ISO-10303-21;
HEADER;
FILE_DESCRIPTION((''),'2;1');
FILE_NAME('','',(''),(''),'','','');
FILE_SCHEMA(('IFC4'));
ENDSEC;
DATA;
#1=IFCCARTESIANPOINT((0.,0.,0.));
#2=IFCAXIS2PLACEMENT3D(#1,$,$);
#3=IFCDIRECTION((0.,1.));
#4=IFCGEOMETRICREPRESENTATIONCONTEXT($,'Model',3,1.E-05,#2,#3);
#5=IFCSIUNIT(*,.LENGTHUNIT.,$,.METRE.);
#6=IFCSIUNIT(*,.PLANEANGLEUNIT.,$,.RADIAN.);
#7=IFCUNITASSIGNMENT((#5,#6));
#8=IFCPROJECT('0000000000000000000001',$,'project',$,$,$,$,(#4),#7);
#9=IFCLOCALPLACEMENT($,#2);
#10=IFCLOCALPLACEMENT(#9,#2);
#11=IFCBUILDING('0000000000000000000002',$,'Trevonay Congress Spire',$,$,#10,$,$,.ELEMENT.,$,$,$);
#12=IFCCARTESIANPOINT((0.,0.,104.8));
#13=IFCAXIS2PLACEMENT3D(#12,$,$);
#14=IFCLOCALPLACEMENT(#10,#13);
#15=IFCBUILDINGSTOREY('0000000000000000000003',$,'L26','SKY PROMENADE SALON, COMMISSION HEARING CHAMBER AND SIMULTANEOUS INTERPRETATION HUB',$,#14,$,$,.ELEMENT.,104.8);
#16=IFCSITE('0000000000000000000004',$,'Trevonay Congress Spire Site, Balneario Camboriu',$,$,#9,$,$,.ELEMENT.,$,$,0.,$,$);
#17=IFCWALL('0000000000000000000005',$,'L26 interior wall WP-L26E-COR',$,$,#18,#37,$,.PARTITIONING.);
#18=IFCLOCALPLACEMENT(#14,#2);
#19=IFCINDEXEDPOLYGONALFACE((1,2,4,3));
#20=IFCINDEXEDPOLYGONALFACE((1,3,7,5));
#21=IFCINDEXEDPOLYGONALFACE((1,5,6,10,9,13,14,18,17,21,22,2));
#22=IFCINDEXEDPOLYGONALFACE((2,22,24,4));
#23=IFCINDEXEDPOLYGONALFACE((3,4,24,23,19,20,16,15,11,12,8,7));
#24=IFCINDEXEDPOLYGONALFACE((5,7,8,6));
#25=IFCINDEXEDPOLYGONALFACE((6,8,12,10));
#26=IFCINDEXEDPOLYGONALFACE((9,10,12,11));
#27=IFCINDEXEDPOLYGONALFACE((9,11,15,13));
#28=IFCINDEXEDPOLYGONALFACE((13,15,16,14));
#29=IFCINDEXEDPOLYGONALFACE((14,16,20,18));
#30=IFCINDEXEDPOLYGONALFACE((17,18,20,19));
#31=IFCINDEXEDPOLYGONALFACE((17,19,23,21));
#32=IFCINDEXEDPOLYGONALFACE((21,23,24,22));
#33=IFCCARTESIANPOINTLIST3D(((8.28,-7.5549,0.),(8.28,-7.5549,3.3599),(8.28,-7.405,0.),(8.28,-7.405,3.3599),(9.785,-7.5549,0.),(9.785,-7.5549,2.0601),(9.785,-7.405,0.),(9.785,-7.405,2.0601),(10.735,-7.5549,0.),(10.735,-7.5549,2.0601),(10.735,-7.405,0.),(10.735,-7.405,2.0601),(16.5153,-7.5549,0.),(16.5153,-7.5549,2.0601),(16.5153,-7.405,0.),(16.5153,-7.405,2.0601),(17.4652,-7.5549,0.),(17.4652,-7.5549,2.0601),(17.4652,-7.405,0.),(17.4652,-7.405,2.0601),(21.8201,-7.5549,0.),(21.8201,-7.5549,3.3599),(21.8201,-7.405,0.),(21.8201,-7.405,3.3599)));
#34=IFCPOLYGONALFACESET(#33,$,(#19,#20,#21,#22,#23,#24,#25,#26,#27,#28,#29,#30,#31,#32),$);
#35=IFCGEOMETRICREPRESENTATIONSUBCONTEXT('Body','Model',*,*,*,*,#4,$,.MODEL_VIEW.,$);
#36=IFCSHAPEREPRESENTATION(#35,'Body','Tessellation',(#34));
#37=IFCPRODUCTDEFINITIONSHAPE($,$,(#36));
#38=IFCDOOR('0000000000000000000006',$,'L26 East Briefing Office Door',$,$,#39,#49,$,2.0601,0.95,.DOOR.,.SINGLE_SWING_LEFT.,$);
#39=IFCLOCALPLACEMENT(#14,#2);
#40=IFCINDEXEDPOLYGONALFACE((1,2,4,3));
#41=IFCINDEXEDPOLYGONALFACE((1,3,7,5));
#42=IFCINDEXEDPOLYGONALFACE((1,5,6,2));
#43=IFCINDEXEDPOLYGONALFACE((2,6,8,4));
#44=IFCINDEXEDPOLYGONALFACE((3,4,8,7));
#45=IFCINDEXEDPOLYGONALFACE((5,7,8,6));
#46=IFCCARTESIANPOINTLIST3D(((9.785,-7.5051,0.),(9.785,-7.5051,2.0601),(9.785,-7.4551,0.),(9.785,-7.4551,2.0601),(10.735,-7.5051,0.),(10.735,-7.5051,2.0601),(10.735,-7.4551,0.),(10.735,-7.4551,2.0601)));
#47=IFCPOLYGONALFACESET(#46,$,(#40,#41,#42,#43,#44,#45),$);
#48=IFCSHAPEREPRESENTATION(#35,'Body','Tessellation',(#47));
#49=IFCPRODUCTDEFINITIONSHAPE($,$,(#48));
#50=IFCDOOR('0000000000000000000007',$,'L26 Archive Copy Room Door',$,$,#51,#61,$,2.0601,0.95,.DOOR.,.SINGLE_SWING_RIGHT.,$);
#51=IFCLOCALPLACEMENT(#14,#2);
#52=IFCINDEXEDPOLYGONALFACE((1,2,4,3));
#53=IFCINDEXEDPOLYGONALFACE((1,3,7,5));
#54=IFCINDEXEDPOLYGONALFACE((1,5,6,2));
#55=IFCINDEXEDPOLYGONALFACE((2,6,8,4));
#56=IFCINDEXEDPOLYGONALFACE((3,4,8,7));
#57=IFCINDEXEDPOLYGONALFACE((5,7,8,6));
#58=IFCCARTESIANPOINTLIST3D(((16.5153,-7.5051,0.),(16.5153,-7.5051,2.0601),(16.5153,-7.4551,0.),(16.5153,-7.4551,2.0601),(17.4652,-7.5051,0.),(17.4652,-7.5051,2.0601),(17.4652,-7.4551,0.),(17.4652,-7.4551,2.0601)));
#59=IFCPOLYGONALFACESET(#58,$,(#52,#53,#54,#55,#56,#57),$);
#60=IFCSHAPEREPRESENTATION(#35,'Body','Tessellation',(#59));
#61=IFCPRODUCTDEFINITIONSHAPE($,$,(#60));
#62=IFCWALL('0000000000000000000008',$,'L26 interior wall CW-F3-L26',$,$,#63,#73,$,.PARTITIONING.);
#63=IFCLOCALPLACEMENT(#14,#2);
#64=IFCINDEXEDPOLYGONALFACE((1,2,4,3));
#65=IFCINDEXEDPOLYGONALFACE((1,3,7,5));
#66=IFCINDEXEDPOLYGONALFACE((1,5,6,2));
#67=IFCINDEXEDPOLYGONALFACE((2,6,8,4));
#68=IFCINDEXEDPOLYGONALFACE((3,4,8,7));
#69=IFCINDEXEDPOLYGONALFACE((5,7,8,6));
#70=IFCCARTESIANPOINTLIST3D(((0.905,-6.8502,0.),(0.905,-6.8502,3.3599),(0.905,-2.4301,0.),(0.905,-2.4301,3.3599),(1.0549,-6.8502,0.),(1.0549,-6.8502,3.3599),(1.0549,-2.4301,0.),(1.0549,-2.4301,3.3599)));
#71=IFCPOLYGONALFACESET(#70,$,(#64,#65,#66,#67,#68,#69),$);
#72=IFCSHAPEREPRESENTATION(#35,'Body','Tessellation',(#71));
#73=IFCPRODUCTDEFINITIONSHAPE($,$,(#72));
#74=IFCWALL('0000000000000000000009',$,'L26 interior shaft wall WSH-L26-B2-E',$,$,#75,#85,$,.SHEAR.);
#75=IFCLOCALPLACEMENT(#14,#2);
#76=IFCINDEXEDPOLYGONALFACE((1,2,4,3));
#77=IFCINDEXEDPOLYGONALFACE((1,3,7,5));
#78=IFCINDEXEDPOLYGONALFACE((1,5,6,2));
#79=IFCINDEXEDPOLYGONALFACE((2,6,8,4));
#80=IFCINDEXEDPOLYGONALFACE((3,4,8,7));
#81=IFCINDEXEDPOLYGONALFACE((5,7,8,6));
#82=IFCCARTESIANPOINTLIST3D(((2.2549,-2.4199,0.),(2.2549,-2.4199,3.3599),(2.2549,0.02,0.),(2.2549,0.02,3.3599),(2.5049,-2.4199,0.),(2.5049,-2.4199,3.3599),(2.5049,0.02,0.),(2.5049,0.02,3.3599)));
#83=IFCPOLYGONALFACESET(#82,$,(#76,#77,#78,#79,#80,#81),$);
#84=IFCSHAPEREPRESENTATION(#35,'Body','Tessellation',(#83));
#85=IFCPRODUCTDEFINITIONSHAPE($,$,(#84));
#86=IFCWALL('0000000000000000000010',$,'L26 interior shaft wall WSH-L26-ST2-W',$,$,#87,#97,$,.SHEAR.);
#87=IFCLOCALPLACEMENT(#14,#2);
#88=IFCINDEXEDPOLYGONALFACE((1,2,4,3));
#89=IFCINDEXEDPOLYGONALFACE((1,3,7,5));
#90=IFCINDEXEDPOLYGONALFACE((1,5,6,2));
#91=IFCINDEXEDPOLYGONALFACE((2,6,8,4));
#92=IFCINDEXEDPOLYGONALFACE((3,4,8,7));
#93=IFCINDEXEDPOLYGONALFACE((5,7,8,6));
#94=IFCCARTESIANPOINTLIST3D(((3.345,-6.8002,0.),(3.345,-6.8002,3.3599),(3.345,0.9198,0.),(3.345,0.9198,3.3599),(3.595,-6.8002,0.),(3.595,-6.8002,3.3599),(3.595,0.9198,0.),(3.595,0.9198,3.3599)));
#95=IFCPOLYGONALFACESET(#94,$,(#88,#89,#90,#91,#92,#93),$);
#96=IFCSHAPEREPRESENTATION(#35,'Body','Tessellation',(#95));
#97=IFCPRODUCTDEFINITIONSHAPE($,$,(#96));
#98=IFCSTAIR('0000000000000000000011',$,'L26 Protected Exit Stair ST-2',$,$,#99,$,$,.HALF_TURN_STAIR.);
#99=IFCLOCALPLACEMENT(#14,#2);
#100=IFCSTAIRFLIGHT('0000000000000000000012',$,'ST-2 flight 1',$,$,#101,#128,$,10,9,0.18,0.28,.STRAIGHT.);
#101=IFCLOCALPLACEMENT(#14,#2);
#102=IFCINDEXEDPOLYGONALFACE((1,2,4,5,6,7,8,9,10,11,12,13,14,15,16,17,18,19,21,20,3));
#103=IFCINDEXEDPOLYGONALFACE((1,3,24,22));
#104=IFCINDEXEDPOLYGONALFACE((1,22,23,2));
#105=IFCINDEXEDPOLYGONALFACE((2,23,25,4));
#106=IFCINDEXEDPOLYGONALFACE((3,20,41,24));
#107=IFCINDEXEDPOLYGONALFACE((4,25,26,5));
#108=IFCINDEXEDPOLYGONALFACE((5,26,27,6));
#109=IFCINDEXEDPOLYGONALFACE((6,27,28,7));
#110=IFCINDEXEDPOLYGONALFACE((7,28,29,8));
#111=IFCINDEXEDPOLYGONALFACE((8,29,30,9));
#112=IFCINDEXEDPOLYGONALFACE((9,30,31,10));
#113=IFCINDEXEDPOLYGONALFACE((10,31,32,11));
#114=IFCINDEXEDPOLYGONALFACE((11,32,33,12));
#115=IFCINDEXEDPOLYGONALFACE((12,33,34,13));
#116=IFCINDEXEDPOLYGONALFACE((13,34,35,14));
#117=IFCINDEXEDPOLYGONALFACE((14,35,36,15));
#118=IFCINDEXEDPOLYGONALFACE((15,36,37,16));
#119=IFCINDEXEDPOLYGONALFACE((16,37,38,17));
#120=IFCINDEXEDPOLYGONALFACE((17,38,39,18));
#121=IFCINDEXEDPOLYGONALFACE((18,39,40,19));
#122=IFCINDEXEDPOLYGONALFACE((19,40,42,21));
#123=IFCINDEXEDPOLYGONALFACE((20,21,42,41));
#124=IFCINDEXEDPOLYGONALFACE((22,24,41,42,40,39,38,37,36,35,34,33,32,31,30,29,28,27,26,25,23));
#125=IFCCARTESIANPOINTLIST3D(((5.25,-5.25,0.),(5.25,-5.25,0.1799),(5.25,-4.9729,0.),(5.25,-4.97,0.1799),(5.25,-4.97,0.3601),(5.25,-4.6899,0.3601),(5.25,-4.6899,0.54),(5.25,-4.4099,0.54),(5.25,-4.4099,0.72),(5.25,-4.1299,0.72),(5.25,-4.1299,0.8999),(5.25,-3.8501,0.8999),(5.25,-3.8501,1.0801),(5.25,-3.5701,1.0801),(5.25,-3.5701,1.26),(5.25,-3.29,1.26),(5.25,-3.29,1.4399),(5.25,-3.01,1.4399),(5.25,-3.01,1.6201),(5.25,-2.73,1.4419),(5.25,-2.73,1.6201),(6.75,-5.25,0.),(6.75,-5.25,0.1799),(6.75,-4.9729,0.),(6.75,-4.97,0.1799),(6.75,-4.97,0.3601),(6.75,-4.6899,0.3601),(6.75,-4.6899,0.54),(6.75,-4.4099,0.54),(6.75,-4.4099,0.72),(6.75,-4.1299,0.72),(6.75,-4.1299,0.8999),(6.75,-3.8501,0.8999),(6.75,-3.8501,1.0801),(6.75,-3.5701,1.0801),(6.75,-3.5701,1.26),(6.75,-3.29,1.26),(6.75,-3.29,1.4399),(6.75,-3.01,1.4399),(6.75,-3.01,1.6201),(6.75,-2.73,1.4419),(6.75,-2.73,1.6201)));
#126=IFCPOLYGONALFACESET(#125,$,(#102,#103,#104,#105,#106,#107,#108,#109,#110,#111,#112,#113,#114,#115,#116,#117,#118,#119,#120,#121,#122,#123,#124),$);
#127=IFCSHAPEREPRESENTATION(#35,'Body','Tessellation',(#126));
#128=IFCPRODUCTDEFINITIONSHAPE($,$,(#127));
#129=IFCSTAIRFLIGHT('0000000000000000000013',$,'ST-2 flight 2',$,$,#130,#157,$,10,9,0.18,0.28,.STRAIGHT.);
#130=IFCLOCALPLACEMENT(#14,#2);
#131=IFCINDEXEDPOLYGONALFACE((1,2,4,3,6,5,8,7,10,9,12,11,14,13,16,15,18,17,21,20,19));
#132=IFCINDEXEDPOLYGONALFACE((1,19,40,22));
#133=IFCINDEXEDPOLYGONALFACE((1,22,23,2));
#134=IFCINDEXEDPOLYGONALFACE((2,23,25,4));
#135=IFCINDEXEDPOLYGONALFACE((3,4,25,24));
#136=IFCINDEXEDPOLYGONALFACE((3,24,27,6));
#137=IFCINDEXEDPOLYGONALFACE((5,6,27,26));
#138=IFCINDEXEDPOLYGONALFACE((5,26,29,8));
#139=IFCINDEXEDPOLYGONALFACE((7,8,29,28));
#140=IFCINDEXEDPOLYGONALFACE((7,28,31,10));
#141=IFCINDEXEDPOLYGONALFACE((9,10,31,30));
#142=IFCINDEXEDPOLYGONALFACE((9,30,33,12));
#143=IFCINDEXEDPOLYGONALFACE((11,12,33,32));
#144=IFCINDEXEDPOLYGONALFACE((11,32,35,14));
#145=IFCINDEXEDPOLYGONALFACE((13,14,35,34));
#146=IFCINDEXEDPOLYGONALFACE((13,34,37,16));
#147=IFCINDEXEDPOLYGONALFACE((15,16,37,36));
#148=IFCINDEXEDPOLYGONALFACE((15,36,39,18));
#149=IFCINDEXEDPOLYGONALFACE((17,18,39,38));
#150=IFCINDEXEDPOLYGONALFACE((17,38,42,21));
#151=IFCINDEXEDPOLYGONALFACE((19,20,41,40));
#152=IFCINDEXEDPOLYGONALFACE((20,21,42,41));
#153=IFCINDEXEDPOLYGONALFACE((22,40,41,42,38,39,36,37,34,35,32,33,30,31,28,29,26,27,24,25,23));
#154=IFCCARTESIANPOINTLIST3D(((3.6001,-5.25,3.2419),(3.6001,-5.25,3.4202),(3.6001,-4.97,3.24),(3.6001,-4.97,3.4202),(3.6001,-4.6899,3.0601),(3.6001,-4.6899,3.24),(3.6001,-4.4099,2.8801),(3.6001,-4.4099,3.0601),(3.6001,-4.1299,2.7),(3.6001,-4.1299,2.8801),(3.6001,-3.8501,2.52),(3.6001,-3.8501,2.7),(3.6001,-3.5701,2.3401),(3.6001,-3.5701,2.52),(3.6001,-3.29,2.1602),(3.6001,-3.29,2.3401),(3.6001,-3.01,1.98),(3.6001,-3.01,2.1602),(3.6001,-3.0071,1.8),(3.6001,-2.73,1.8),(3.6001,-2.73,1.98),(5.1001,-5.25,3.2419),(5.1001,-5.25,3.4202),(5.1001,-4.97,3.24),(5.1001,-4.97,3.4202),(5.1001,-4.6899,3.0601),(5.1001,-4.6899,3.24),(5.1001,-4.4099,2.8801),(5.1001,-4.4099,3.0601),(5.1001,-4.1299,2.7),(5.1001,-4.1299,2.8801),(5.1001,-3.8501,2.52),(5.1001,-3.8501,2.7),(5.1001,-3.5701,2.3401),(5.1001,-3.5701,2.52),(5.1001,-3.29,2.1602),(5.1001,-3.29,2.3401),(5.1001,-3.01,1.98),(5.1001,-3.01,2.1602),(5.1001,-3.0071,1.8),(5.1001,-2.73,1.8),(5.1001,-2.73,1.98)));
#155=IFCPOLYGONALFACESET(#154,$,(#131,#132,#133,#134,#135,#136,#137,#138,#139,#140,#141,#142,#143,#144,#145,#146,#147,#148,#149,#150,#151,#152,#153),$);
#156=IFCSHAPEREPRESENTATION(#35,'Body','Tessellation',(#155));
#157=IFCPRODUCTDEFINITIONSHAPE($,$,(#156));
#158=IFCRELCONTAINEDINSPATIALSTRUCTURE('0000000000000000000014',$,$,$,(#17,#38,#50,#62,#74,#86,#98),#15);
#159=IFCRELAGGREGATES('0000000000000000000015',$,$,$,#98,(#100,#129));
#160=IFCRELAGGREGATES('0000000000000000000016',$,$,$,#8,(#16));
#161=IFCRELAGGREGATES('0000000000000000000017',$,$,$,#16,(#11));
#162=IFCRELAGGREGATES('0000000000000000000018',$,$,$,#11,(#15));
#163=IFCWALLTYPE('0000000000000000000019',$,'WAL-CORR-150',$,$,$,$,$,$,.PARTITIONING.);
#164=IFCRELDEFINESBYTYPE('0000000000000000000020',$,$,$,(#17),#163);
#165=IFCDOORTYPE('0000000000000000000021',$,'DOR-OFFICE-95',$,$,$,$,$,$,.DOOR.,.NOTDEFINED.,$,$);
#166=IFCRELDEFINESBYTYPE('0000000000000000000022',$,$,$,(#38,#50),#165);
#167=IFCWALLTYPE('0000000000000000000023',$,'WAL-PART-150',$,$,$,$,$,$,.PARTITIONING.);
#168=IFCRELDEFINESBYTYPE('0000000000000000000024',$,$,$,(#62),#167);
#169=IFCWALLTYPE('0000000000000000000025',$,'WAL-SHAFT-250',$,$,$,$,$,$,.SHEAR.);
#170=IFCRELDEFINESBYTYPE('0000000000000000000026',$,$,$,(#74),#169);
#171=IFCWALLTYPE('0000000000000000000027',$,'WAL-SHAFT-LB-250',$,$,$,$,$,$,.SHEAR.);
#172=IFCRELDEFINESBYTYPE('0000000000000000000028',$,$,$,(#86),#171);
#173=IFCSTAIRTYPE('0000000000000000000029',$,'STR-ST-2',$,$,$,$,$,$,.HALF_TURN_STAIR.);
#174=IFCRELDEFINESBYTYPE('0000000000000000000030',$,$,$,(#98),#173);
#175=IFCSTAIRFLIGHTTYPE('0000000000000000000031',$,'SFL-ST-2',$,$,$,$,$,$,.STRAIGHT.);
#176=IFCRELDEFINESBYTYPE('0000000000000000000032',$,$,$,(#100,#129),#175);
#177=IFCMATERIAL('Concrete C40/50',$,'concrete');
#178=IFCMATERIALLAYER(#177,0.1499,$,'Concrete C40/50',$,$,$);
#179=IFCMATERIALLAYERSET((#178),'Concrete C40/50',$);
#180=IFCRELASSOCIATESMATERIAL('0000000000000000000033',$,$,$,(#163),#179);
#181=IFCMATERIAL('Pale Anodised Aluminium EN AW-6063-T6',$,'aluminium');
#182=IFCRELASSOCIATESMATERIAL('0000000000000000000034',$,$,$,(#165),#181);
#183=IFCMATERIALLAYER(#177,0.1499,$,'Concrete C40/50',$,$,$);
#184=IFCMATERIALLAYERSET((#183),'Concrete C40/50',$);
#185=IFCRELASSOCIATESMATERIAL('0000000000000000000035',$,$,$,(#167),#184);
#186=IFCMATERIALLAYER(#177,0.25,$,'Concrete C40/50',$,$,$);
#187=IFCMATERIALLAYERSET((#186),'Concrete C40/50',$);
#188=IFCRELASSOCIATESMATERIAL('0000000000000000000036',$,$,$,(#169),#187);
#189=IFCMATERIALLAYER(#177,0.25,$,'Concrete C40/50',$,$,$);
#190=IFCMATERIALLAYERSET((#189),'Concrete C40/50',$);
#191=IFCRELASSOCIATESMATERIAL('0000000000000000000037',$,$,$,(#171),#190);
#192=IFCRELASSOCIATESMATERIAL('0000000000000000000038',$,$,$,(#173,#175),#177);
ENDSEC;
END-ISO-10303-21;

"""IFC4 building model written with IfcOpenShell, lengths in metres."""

from ifc_helpers import new_model, si_unit, direction, frame, frame_2d, origin, place, context, subcontext, project, spatial, polyline, rectangle, outline, extrude, material, layer, layer_set, type_object, element, fill, aggregate, save


model = new_model("IFC4")

# Units and contexts
model_context = context("Model", 3, precision=1e-05, world=origin(), true_north=direction((0.0, 1.0)))
body_context = subcontext(model_context, "Body", "Model", "MODEL_VIEW")
ifc_project = project(units=[si_unit("LENGTHUNIT", "METRE"), si_unit("PLANEANGLEUNIT", "RADIAN")], contexts=[model_context])

# Site, building, storey
site_placement = place(None, origin())
site = spatial("IfcSite", under=ifc_project, at=site_placement, Name="Trevonay Congress Spire Site, Balneario Camboriu", CompositionType="ELEMENT", RefElevation=0.0)
building_placement = place(site_placement, origin())
building = spatial("IfcBuilding", under=site, at=building_placement, Name="Trevonay Congress Spire", CompositionType="ELEMENT")
storey_placement = place(building_placement, frame((0.0, 0.0, 104.8)))
storey = spatial("IfcBuildingStorey", under=building, at=storey_placement, Name="L26", Description="SKY PROMENADE SALON, COMMISSION HEARING CHAMBER AND SIMULTANEOUS INTERPRETATION HUB", CompositionType="ELEMENT", Elevation=104.8)

# Shared definitions
ifc_material_1 = material(Name="Concrete C40/50", Category="concrete")
ifc_layer_1 = layer(ifc_material_1, 0.1499, Name="Concrete C40/50")
ifc_layer_set_1 = layer_set([ifc_layer_1], Name="Concrete C40/50")
wall_type_1 = type_object("IfcWallType", Name="WAL-CORR-150", PredefinedType="PARTITIONING", material=ifc_layer_set_1)

# Wall, openings, doors
wall_1_placement = place(storey_placement, frame((8.28, -7.48, 0.0), z_axis=(0.0, 0.0, 1.0), x_axis=(1.0, 0.0, 0.0)))
wall_1 = element("IfcWall", 1, at=wall_1_placement, inside=storey, type_object=wall_type_1, Name="L26 interior wall WP-L26E-COR", PredefinedType="PARTITIONING", context=body_context, shape_type="SweptSolid", body=[
    extrude(rectangle(XDim=13.54, YDim=0.1499, at=frame_2d((6.77, 0.0))), origin(), (0.0, 0.0, 1.0), 3.3599),
])
opening_1_placement = place(wall_1_placement, frame((1.5049, 0.0, 0.0)))
opening_1 = element("IfcOpeningElement", 2, at=opening_1_placement, cuts=wall_1, PredefinedType="OPENING", context=body_context, shape_type="SweptSolid", body=[
    extrude(rectangle(XDim=0.95, YDim=2.0601, at=frame_2d((0.4751, 1.03))), frame((0.0, 0.085, 0.0), z_axis=(0.0, -1.0, 0.0), x_axis=(1.0, 0.0, 0.0)), (0.0, 0.0, 1.0), 0.1699),
])
opening_2_placement = place(wall_1_placement, frame((8.2351, 0.0, 0.0)))
opening_2 = element("IfcOpeningElement", 3, at=opening_2_placement, cuts=wall_1, PredefinedType="OPENING", context=body_context, shape_type="SweptSolid", body=[
    extrude(rectangle(XDim=0.95, YDim=2.0601, at=frame_2d((0.4751, 1.03))), frame((0.0, 0.085, 0.0), z_axis=(0.0, -1.0, 0.0), x_axis=(1.0, 0.0, 0.0)), (0.0, 0.0, 1.0), 0.1699),
])
ifc_material_2 = material(Name="Pale Anodised Aluminium EN AW-6063-T6", Category="aluminium")
door_type = type_object("IfcDoorType", Name="DOR-OFFICE-95", OperationType="NOTDEFINED", PredefinedType="DOOR", material=ifc_material_2)
door_1_placement = place(opening_1_placement, origin())
door_1 = element("IfcDoor", 4, at=door_1_placement, inside=storey, type_object=door_type, Name="L26 East Briefing Office Door", OperationType="SINGLE_SWING_LEFT", OverallHeight=2.0601, OverallWidth=0.95, PredefinedType="DOOR", context=body_context, shape_type="SweptSolid", body=[
    extrude(rectangle(XDim=0.95, YDim=2.0601, at=frame_2d((0.4751, 1.03))), frame((0.0, 0.0249, 0.0), z_axis=(0.0, -1.0, 0.0), x_axis=(1.0, 0.0, 0.0)), (0.0, 0.0, 1.0), 0.05),
])
fill(opening_1, door_1)
door_2_placement = place(opening_2_placement, origin())
door_2 = element("IfcDoor", 5, at=door_2_placement, inside=storey, type_object=door_type, Name="L26 Archive Copy Room Door", OperationType="SINGLE_SWING_RIGHT", OverallHeight=2.0601, OverallWidth=0.95, PredefinedType="DOOR", context=body_context, shape_type="SweptSolid", body=[
    extrude(rectangle(XDim=0.95, YDim=2.0601, at=frame_2d((0.4751, 1.03))), frame((0.0, 0.0249, 0.0), z_axis=(0.0, -1.0, 0.0), x_axis=(1.0, 0.0, 0.0)), (0.0, 0.0, 1.0), 0.05),
])
fill(opening_2, door_2)

# Walls
ifc_layer_2 = layer(ifc_material_1, 0.1499, Name="Concrete C40/50")
ifc_layer_set_2 = layer_set([ifc_layer_2], Name="Concrete C40/50")
wall_type_2 = type_object("IfcWallType", Name="WAL-PART-150", PredefinedType="PARTITIONING", material=ifc_layer_set_2)
wall_2_placement = place(storey_placement, frame((0.98, -6.8501, 0.0), z_axis=(0.0, 0.0, 1.0), x_axis=(0.0, 1.0, 0.0)))
element("IfcWall", 6, at=wall_2_placement, inside=storey, type_object=wall_type_2, Name="L26 interior wall CW-F3-L26", PredefinedType="PARTITIONING", context=body_context, shape_type="SweptSolid", body=[
    extrude(rectangle(XDim=4.4202, YDim=0.1499, at=frame_2d((2.21, 0.0))), origin(), (0.0, 0.0, 1.0), 3.3599),
])
ifc_layer_3 = layer(ifc_material_1, 0.25, Name="Concrete C40/50")
ifc_layer_set_3 = layer_set([ifc_layer_3], Name="Concrete C40/50")
wall_type_3 = type_object("IfcWallType", Name="WAL-SHAFT-250", PredefinedType="SHEAR", material=ifc_layer_set_3)
wall_3_placement = place(storey_placement, frame((2.3799, -2.4199, 0.0), z_axis=(0.0, 0.0, 1.0), x_axis=(0.0, 1.0, 0.0)))
element("IfcWall", 7, at=wall_3_placement, inside=storey, type_object=wall_type_3, Name="L26 interior shaft wall WSH-L26-B2-E", PredefinedType="SHEAR", context=body_context, shape_type="SweptSolid", body=[
    extrude(rectangle(XDim=2.4399, YDim=0.25, at=frame_2d((1.22, 0.0))), origin(), (0.0, 0.0, 1.0), 3.3599),
])
ifc_layer_4 = layer(ifc_material_1, 0.25, Name="Concrete C40/50")
ifc_layer_set_4 = layer_set([ifc_layer_4], Name="Concrete C40/50")
wall_type_4 = type_object("IfcWallType", Name="WAL-SHAFT-LB-250", PredefinedType="SHEAR", material=ifc_layer_set_4)
wall_4_placement = place(storey_placement, frame((3.47, -6.8, 0.0), z_axis=(0.0, 0.0, 1.0), x_axis=(0.0, 1.0, 0.0)))
element("IfcWall", 8, at=wall_4_placement, inside=storey, type_object=wall_type_4, Name="L26 interior shaft wall WSH-L26-ST2-W", PredefinedType="SHEAR", context=body_context, shape_type="SweptSolid", body=[
    extrude(rectangle(XDim=7.72, YDim=0.25, at=frame_2d((3.8599, 0.0))), origin(), (0.0, 0.0, 1.0), 3.3599),
])

# Stair, stair flights
stair_type = type_object("IfcStairType", Name="STR-ST-2", PredefinedType="HALF_TURN_STAIR", material=ifc_material_1)
stair_placement = place(storey_placement, origin())
stair = element("IfcStair", 9, at=stair_placement, inside=storey, type_object=stair_type, Name="L26 Protected Exit Stair ST-2", PredefinedType="HALF_TURN_STAIR")
stair_flight_type = type_object("IfcStairFlightType", Name="SFL-ST-2", PredefinedType="STRAIGHT", material=ifc_material_1)
stair_flight_1_placement = place(storey_placement, frame((6.0, -5.25, 0.0), z_axis=(0.0, 0.0, 1.0), x_axis=(0.0, 1.0, 0.0)))
stair_flight_1 = element("IfcStairFlight", 10, at=stair_flight_1_placement, type_object=stair_flight_type, Name="ST-2 flight 1", NumberOfRisers=10, NumberOfTreads=9, PredefinedType="STRAIGHT", RiserHeight=0.18, TreadLength=0.28, context=body_context, shape_type="SweptSolid", body=[
    extrude(outline(polyline([(0.0, 0.0), (0.0, 0.1799), (0.28, 0.1799), (0.28, 0.3601), (0.5601, 0.3601), (0.5601, 0.54), (0.8401, 0.54), (0.8401, 0.72), (1.1201, 0.72), (1.1201, 0.8999), (1.3999, 0.8999), (1.3999, 1.0801), (1.6799, 1.0801), (1.6799, 1.26), (1.96, 1.26), (1.96, 1.4399), (2.24, 1.4399), (2.24, 1.6201), (2.52, 1.6201), (2.52, 1.8), (2.52, 1.4419), (0.2771, 0.0), (0.0, 0.0)])), frame((0.0, 0.75, 0.0), z_axis=(0.0, -1.0, 0.0), x_axis=(1.0, 0.0, 0.0)), (0.0, 0.0, 1.0), 1.5),
])
stair_flight_2_placement = place(storey_placement, frame((4.3501, -2.73, 1.8), z_axis=(0.0, 0.0, 1.0), x_axis=(0.0, -1.0, 0.0)))
stair_flight_2 = element("IfcStairFlight", 11, at=stair_flight_2_placement, type_object=stair_flight_type, Name="ST-2 flight 2", NumberOfRisers=10, NumberOfTreads=9, PredefinedType="STRAIGHT", RiserHeight=0.18, TreadLength=0.28, context=body_context, shape_type="SweptSolid", body=[
    extrude(outline(polyline([(0.0, 0.0), (0.0, 0.1799), (0.28, 0.1799), (0.28, 0.3601), (0.5601, 0.3601), (0.5601, 0.54), (0.8401, 0.54), (0.8401, 0.72), (1.1201, 0.72), (1.1201, 0.8999), (1.3999, 0.8999), (1.3999, 1.0801), (1.6799, 1.0801), (1.6799, 1.26), (1.96, 1.26), (1.96, 1.4399), (2.24, 1.4399), (2.24, 1.6201), (2.52, 1.6201), (2.52, 1.8), (2.52, 1.4419), (0.2771, 0.0), (0.0, 0.0)])), frame((0.0, 0.75, 0.0), z_axis=(0.0, -1.0, 0.0), x_axis=(1.0, 0.0, 0.0)), (0.0, 0.0, 1.0), 1.5),
])
aggregate(stair, [stair_flight_1, stair_flight_2])

save(model, "model.ifc")
